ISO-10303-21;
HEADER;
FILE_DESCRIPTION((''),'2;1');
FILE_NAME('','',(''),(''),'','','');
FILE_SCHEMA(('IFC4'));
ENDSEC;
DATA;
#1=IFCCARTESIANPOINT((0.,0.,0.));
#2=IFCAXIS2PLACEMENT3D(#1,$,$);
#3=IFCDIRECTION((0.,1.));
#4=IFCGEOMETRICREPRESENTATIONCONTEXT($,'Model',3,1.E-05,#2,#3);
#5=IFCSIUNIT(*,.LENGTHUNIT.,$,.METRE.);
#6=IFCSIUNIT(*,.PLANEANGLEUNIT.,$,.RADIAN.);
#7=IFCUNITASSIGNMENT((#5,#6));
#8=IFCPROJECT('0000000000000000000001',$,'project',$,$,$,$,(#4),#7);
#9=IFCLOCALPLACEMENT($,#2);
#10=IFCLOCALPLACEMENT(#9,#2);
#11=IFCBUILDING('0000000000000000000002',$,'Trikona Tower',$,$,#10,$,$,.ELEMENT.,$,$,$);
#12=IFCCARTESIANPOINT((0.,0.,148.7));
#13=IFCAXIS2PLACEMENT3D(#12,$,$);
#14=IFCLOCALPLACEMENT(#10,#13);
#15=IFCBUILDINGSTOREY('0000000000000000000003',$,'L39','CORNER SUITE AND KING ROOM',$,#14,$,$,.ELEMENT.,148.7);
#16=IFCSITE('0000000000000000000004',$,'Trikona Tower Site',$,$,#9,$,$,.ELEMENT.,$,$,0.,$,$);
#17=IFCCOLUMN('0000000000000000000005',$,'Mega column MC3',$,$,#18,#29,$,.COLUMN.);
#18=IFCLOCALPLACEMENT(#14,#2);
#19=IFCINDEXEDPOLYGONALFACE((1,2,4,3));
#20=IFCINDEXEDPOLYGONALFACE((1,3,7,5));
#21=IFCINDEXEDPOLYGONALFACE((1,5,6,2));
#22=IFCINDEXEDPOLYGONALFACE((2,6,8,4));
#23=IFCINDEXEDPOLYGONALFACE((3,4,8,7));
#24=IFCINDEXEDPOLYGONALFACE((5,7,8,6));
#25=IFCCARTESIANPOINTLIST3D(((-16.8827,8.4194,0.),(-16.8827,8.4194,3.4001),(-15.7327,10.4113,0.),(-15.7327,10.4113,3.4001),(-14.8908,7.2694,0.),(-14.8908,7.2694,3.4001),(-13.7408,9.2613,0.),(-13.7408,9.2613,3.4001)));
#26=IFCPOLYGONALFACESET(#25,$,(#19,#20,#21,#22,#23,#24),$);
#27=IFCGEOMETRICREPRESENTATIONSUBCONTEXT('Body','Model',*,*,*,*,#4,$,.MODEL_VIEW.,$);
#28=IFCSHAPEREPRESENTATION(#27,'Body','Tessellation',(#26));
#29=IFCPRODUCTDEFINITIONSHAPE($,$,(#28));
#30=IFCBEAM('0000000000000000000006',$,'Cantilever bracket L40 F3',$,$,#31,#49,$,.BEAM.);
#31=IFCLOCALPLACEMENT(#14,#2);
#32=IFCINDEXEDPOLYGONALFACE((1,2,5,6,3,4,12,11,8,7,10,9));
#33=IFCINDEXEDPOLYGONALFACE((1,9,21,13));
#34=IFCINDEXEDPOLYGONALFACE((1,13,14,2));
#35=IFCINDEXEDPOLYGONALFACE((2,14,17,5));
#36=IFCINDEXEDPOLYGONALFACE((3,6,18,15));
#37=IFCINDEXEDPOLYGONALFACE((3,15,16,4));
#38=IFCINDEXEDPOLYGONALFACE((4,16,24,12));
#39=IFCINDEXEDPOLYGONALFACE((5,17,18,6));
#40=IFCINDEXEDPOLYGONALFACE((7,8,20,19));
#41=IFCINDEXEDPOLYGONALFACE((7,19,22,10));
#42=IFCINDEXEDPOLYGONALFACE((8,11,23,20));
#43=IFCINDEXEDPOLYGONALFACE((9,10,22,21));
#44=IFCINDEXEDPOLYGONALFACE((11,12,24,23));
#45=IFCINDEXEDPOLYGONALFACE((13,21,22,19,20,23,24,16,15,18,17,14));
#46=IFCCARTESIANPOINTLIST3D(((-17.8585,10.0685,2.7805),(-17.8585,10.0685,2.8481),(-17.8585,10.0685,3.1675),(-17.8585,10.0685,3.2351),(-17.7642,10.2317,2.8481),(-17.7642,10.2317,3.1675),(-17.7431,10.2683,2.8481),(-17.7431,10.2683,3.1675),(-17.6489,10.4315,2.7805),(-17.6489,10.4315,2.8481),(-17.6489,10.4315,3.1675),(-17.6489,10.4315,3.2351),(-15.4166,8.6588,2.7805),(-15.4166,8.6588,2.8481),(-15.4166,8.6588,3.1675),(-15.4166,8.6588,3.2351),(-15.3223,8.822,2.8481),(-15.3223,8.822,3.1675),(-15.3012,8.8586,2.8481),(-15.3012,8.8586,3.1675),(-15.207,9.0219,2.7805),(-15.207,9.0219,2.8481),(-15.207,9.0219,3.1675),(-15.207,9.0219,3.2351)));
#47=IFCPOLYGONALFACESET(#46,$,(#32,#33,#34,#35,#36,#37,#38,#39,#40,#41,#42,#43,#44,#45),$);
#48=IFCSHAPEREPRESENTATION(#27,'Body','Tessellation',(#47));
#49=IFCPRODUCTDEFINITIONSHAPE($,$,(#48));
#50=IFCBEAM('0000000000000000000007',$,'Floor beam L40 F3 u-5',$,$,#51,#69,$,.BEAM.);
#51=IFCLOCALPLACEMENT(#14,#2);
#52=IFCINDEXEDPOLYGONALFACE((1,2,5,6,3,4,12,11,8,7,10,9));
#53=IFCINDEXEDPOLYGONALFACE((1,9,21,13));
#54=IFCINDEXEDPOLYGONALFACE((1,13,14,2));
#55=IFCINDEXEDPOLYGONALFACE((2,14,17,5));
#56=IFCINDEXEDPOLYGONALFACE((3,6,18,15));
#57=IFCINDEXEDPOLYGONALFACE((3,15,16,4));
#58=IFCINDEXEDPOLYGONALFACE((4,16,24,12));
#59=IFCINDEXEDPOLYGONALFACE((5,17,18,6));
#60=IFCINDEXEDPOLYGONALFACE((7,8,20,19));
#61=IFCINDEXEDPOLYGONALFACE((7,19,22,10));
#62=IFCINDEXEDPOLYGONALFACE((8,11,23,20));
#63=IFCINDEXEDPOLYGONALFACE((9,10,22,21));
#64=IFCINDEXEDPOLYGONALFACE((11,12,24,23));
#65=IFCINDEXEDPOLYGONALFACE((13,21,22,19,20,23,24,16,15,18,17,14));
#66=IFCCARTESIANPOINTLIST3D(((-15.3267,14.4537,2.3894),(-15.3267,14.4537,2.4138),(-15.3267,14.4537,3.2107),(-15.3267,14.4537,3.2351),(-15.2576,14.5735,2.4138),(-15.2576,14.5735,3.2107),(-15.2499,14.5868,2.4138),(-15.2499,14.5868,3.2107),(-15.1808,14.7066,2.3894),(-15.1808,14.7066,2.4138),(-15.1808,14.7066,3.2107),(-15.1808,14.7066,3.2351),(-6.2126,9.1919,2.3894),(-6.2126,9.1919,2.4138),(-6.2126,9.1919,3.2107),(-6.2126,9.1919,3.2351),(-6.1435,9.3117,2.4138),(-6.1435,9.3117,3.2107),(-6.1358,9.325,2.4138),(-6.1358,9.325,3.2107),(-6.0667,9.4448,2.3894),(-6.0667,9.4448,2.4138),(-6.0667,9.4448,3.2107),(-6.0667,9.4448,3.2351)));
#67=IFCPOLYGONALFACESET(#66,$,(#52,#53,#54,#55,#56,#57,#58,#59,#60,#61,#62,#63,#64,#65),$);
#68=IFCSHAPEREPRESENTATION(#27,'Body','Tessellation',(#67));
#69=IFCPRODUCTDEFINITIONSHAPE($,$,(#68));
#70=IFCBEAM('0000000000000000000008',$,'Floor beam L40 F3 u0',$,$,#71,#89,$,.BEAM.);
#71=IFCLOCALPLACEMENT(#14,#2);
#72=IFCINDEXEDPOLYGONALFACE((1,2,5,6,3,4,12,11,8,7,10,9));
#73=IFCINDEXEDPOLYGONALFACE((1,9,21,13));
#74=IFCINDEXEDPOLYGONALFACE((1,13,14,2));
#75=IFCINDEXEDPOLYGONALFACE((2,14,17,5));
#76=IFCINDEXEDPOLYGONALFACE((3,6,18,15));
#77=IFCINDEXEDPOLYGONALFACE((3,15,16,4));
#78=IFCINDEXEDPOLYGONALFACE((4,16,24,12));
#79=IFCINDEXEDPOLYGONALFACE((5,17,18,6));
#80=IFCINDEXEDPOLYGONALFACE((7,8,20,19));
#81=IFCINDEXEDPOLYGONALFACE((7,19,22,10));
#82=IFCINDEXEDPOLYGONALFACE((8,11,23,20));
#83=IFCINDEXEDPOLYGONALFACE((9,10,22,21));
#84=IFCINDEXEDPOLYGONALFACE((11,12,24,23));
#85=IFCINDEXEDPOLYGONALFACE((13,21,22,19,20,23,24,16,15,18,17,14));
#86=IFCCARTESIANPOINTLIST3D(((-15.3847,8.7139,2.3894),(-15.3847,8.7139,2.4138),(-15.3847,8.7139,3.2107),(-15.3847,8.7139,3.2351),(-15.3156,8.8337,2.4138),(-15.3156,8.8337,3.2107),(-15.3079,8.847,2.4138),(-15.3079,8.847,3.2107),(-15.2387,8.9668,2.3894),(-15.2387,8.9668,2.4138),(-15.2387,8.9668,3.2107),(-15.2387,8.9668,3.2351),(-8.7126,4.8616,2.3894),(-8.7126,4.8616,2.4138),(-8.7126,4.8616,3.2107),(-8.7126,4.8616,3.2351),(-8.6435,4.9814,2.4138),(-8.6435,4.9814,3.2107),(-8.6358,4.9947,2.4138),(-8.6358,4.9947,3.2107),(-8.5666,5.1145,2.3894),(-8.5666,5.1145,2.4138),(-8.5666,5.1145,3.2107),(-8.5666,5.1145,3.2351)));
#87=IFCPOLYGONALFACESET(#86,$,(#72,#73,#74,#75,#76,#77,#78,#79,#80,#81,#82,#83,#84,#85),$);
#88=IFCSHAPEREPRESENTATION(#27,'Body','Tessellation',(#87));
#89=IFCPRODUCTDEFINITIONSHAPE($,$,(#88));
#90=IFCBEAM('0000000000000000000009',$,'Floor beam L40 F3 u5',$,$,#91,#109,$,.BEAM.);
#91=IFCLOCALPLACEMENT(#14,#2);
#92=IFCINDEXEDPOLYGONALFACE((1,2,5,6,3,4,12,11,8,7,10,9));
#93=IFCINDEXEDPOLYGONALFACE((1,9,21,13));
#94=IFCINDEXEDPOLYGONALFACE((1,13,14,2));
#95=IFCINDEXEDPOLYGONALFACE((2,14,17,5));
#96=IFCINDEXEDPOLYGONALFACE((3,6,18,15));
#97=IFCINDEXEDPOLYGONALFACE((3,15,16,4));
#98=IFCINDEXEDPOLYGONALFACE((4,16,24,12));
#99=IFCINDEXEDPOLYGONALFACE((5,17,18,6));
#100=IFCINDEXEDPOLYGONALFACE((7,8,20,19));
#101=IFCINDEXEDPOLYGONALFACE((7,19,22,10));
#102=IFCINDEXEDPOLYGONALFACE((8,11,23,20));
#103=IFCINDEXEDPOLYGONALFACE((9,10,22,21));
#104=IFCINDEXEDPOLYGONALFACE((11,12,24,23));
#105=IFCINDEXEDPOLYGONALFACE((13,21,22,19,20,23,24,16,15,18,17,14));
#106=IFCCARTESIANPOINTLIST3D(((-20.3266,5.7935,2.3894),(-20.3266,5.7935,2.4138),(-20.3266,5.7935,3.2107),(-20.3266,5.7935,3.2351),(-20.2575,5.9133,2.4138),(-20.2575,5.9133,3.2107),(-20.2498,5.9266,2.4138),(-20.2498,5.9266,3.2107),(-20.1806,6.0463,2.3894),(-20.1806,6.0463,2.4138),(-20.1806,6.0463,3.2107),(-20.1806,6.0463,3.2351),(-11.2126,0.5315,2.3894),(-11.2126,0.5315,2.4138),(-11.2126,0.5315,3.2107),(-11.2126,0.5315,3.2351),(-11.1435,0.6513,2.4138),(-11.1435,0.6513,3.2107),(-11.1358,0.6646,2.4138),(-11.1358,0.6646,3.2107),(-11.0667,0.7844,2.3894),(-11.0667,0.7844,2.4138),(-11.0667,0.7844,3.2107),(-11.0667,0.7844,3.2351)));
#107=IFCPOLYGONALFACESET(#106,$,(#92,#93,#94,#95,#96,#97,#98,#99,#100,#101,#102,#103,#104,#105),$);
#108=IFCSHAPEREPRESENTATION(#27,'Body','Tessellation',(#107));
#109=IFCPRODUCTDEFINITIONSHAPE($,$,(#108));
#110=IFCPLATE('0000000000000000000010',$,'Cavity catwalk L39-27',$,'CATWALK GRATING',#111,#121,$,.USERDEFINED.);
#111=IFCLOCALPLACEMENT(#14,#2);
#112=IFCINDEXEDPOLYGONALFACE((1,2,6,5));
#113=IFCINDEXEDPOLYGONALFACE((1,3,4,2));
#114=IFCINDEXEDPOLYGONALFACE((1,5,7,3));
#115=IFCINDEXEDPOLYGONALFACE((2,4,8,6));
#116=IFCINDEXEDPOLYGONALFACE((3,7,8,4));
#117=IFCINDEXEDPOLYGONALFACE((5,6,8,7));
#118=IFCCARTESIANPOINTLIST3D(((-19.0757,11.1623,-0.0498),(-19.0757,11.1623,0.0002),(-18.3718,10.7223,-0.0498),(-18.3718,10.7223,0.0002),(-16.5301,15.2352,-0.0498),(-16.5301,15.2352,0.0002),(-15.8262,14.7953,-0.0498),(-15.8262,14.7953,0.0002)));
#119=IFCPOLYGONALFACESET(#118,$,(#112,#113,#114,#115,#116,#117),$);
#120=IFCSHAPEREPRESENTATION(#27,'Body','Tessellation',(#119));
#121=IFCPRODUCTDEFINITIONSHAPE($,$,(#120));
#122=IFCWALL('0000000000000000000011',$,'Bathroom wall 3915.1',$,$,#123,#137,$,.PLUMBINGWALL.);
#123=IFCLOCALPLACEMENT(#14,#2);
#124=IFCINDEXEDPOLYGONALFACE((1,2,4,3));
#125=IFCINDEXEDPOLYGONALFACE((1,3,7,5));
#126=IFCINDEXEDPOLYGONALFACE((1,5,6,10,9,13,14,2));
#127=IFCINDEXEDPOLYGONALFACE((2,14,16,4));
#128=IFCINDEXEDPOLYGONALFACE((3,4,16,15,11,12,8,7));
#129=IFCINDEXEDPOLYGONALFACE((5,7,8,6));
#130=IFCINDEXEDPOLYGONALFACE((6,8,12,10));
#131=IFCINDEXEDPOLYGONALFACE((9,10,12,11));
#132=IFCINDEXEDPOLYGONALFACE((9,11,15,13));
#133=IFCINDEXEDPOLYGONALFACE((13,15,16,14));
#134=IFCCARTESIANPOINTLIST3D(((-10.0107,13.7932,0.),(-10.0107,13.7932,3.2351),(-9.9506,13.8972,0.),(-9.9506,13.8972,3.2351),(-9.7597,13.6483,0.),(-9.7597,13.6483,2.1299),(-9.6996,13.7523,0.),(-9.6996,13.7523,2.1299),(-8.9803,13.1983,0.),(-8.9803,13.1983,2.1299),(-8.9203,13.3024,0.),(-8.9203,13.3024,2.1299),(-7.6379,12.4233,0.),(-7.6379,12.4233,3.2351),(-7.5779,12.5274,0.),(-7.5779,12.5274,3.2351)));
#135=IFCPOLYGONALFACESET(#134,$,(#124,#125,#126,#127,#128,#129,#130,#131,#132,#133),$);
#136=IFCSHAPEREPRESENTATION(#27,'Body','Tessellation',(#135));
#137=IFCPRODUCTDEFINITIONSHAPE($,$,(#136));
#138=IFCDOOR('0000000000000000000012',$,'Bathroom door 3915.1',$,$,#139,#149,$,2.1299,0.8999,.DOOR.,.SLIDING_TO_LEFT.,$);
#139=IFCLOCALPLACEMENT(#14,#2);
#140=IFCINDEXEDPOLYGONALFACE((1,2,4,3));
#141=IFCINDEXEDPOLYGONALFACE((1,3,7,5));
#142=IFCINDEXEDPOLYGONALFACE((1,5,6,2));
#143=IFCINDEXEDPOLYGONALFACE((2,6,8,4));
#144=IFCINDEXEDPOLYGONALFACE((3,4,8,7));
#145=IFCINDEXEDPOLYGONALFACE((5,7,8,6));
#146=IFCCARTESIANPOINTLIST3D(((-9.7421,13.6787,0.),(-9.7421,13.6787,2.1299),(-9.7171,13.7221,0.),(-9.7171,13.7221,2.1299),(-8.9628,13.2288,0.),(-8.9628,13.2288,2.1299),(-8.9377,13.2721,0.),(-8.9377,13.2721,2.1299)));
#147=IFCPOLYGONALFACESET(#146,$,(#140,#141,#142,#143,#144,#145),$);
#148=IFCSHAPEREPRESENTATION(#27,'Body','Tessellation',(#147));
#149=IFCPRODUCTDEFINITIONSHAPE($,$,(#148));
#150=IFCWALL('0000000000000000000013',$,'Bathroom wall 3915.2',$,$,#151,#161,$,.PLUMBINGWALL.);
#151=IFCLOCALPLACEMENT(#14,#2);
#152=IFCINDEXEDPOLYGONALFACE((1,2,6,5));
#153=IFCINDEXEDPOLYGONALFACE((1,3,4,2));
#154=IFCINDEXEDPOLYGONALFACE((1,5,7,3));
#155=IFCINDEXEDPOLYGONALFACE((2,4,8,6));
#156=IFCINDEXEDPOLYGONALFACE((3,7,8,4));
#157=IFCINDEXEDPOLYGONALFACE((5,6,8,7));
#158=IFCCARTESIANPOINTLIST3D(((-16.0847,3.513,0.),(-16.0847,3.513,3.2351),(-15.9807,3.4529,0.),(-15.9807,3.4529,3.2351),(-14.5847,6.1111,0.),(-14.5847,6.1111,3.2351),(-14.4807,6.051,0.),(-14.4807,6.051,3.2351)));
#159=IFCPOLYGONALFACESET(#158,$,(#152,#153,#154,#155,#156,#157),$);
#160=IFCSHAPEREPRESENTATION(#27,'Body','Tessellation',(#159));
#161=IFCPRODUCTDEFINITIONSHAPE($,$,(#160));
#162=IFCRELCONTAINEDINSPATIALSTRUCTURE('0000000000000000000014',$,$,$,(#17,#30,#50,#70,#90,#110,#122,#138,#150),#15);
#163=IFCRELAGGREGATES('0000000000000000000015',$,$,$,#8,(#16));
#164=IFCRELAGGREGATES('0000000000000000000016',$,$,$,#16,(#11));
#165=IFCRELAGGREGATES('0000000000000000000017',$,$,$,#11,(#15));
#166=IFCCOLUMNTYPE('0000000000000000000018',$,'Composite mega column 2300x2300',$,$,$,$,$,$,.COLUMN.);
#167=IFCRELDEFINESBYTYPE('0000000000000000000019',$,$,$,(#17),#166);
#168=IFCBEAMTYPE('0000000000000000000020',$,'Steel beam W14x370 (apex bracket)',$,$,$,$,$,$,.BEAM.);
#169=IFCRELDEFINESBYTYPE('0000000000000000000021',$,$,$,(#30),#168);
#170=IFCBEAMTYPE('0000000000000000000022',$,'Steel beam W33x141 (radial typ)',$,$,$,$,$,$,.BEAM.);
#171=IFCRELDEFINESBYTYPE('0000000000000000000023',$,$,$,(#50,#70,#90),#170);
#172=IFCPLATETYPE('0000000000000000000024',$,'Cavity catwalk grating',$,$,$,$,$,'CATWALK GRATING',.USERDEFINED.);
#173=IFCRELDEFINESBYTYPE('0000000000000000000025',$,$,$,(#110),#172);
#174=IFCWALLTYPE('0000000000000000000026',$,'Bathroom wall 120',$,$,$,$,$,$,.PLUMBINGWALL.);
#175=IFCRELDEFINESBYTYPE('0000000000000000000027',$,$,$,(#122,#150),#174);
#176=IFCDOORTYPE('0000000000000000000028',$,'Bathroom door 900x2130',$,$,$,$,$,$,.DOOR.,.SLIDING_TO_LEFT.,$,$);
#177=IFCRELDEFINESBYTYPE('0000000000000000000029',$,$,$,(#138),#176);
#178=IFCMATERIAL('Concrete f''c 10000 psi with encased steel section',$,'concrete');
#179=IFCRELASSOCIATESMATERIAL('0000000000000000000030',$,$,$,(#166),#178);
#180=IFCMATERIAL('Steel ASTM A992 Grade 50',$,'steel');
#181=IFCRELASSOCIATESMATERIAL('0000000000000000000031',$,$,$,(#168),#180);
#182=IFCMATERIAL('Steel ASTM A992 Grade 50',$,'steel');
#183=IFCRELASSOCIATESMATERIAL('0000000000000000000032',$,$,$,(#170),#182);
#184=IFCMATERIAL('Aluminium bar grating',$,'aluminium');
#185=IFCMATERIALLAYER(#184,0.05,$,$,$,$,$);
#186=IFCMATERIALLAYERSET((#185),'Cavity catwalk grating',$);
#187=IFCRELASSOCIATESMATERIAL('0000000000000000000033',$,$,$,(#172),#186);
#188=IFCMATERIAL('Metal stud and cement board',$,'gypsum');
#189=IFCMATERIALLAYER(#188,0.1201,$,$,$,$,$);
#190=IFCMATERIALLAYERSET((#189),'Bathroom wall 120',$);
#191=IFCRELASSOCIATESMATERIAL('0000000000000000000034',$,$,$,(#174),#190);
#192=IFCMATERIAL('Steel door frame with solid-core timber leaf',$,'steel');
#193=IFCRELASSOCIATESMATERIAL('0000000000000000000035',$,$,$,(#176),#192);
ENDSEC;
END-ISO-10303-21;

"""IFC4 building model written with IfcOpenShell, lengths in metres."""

from ifc_helpers import new_model, si_unit, direction, frame, frame_2d, origin, origin_2d, place, context, subcontext, project, spatial, rectangle, i_section, extrude, material, layer, layer_set, material_profile, profile_set, type_object, element, fill, save


model = new_model("IFC4")

# Units and contexts
model_context = context("Model", 3, precision=1e-05, world=origin(), true_north=direction((0.0, 1.0)))
body_context = subcontext(model_context, "Body", "Model", "MODEL_VIEW")
ifc_project = project(units=[si_unit("LENGTHUNIT", "METRE"), si_unit("PLANEANGLEUNIT", "RADIAN")], contexts=[model_context])

# Site, building, storey
site_placement = place(None, origin())
site = spatial("IfcSite", under=ifc_project, at=site_placement, Name="Trikona Tower Site", CompositionType="ELEMENT", RefElevation=0.0)
building_placement = place(site_placement, origin())
building = spatial("IfcBuilding", under=site, at=building_placement, Name="Trikona Tower", CompositionType="ELEMENT")
storey_placement = place(building_placement, frame((0.0, 0.0, 148.7)))
storey = spatial("IfcBuildingStorey", under=building, at=storey_placement, Name="L39", Description="CORNER SUITE AND KING ROOM", CompositionType="ELEMENT", Elevation=148.7)

# Column
ifc_material_1 = material(Name="Concrete f'c 10000 psi with encased steel section", Category="concrete")
ifc_material_profile_1 = material_profile(ifc_material_1, rectangle(XDim=2.3, YDim=2.3, at=origin_2d()), Name="MC2300")
ifc_profile_set_1 = profile_set([ifc_material_profile_1], Name="Concrete f'c 10000 psi with encased steel section")
column_type = type_object("IfcColumnType", Name="Composite mega column 2300x2300", PredefinedType="COLUMN", material=ifc_profile_set_1)
column_placement = place(storey_placement, frame((-15.3118, 8.8403, 0.0), z_axis=(0.0, 0.0, 1.0), x_axis=(-0.866025, 0.5, 0.0)))
element("IfcColumn", 1, at=column_placement, inside=storey, type_object=column_type, Name="Mega column MC3", PredefinedType="COLUMN", context=body_context, shape_type="SweptSolid", body=[
    extrude(rectangle(XDim=2.3, YDim=2.3, at=origin_2d()), origin(), (0.0, 0.0, 1.0), 3.4001),
])

# Beams
ifc_material_2 = material(Name="Steel ASTM A992 Grade 50", Category="steel")
ifc_material_profile_2 = material_profile(ifc_material_2, i_section(OverallWidth=0.4192, OverallDepth=0.4546, WebThickness=0.0422, FlangeThickness=0.0676, at=origin_2d()), Name="W14X370")
ifc_profile_set_2 = profile_set([ifc_material_profile_2], Name="Steel ASTM A992 Grade 50")
beam_type_1 = type_object("IfcBeamType", Name="Steel beam W14x370 (apex bracket)", PredefinedType="BEAM", material=ifc_profile_set_2)
beam_1_placement = place(storey_placement, frame((-15.3118, 8.8403, 3.0078), z_axis=(-0.86605, 0.499957, 0.0), x_axis=(-0.499957, -0.86605, 0.0)))
element("IfcBeam", 2, at=beam_1_placement, inside=storey, type_object=beam_type_1, Name="Cantilever bracket L40 F3", PredefinedType="BEAM", context=body_context, shape_type="SweptSolid", body=[
    extrude(i_section(OverallWidth=0.4192, OverallDepth=0.4546, WebThickness=0.0422, FlangeThickness=0.0676, at=origin_2d()), origin(), (0.0, 0.0, 1.0), 2.8196),
])
ifc_material_3 = material(Name="Steel ASTM A992 Grade 50", Category="steel")
ifc_material_profile_3 = material_profile(ifc_material_3, i_section(OverallWidth=0.292, OverallDepth=0.8457, WebThickness=0.0154, FlangeThickness=0.0244, at=origin_2d()), Name="W33X141")
ifc_profile_set_3 = profile_set([ifc_material_profile_3], Name="Steel ASTM A992 Grade 50")
beam_type_2 = type_object("IfcBeamType", Name="Steel beam W33x141 (radial typ)", PredefinedType="BEAM", material=ifc_profile_set_3)
beam_2_placement = place(storey_placement, frame((-6.1396, 9.3184, 2.8123), z_axis=(-0.866036, 0.499982, 0.0), x_axis=(-0.499982, -0.866036, 0.0)))
element("IfcBeam", 3, at=beam_2_placement, inside=storey, type_object=beam_type_2, Name="Floor beam L40 F3 u-5", PredefinedType="BEAM", context=body_context, shape_type="SweptSolid", body=[
    extrude(i_section(OverallWidth=0.292, OverallDepth=0.8457, WebThickness=0.0154, FlangeThickness=0.0244, at=origin_2d()), origin(), (0.0, 0.0, 1.0), 10.5239),
])
beam_3_placement = place(storey_placement, frame((-8.6396, 4.988, 2.8123), z_axis=(-0.866017, 0.500014, 0.0), x_axis=(-0.500014, -0.866017, 0.0)))
element("IfcBeam", 4, at=beam_3_placement, inside=storey, type_object=beam_type_2, Name="Floor beam L40 F3 u0", PredefinedType="BEAM", context=body_context, shape_type="SweptSolid", body=[
    extrude(i_section(OverallWidth=0.292, OverallDepth=0.8457, WebThickness=0.0154, FlangeThickness=0.0244, at=origin_2d()), origin(), (0.0, 0.0, 1.0), 7.7043),
])
beam_4_placement = place(storey_placement, frame((-11.1396, 0.658, 2.8123), z_axis=(-0.866026, 0.499999, 0.0), x_axis=(-0.499999, -0.866026, 0.0)))
element("IfcBeam", 5, at=beam_4_placement, inside=storey, type_object=beam_type_2, Name="Floor beam L40 F3 u5", PredefinedType="BEAM", context=body_context, shape_type="SweptSolid", body=[
    extrude(i_section(OverallWidth=0.292, OverallDepth=0.8457, WebThickness=0.0154, FlangeThickness=0.0244, at=origin_2d()), origin(), (0.0, 0.0, 1.0), 10.5239),
])

# Plate
ifc_material_4 = material(Name="Aluminium bar grating", Category="aluminium")
ifc_layer_1 = layer(ifc_material_4, 0.05)
ifc_layer_set_1 = layer_set([ifc_layer_1], Name="Cavity catwalk grating")
plate_type = type_object("IfcPlateType", Name="Cavity catwalk grating", ElementType="CATWALK GRATING", PredefinedType="USERDEFINED", material=ifc_layer_set_1)
plate_placement = place(storey_placement, frame((-17.4509, 12.9788, -0.0498), z_axis=(0.0, 0.0, 1.0), x_axis=(-0.529995, -0.848001, 0.0)))
element("IfcPlate", 6, at=plate_placement, inside=storey, type_object=plate_type, Name="Cavity catwalk L39-27", ObjectType="CATWALK GRATING", PredefinedType="USERDEFINED", context=body_context, shape_type="SweptSolid", body=[
    extrude(rectangle(XDim=4.803, YDim=0.8301, at=origin_2d()), origin(), (0.0, 0.0, 1.0), 0.05),
])

# Wall, opening, door
ifc_material_5 = material(Name="Metal stud and cement board", Category="gypsum")
ifc_layer_2 = layer(ifc_material_5, 0.1201)
ifc_layer_set_2 = layer_set([ifc_layer_2], Name="Bathroom wall 120")
wall_type_1 = type_object("IfcWallType", Name="Bathroom wall 120", PredefinedType="PLUMBINGWALL", material=ifc_layer_set_2)
wall_1_placement = place(storey_placement, frame((-7.6079, 12.4753, 0.0), z_axis=(0.0, 0.0, 1.0), x_axis=(-0.866036, 0.499982, 0.0)))
wall_1 = element("IfcWall", 7, at=wall_1_placement, inside=storey, type_object=wall_type_1, Name="Bathroom wall 3915.1", PredefinedType="PLUMBINGWALL", context=body_context, shape_type="SweptSolid", body=[
    extrude(rectangle(XDim=2.7397, YDim=0.1201, at=frame_2d((1.3699, 0.0))), origin(), (0.0, 0.0, 1.0), 3.2351),
])
opening_1_placement = place(wall_1_placement, frame((1.55, 0.0, 0.0)))
opening_1 = element("IfcOpeningElement", 8, at=opening_1_placement, cuts=wall_1, PredefinedType="OPENING", context=body_context, shape_type="SweptSolid", body=[
    extrude(rectangle(XDim=0.8999, YDim=2.1299, at=frame_2d((0.45, 1.0649))), frame((0.0, 0.0701, 0.0), z_axis=(0.0, -1.0, 0.0), x_axis=(1.0, 0.0, 0.0)), (0.0, 0.0, 1.0), 0.1401),
])
ifc_material_6 = material(Name="Steel door frame with solid-core timber leaf", Category="steel")
door_type_1 = type_object("IfcDoorType", Name="Bathroom door 900x2130", OperationType="SLIDING_TO_LEFT", PredefinedType="DOOR", material=ifc_material_6)
door_1_placement = place(opening_1_placement, origin())
door_1 = element("IfcDoor", 9, at=door_1_placement, inside=storey, type_object=door_type_1, Name="Bathroom door 3915.1", OperationType="SLIDING_TO_LEFT", OverallHeight=2.1299, OverallWidth=0.8999, PredefinedType="DOOR", context=body_context, shape_type="SweptSolid", body=[
    extrude(rectangle(XDim=0.8999, YDim=2.1299, at=frame_2d((0.45, 1.0649))), frame((0.0, 0.0249, 0.0), z_axis=(0.0, -1.0, 0.0), x_axis=(1.0, 0.0, 0.0)), (0.0, 0.0, 1.0), 0.05),
])
fill(opening_1, door_1)

# Wall
wall_2_placement = place(storey_placement, frame((-14.5327, 6.0811, 0.0), z_axis=(0.0, 0.0, 1.0), x_axis=(-0.49999, -0.866031, 0.0)))
element("IfcWall", 10, at=wall_2_placement, inside=storey, type_object=wall_type_1, Name="Bathroom wall 3915.2", PredefinedType="PLUMBINGWALL", context=body_context, shape_type="SweptSolid", body=[
    extrude(rectangle(XDim=3.0, YDim=0.1201, at=frame_2d((1.5, 0.0))), origin(), (0.0, 0.0, 1.0), 3.2351),
])

save(model, "model.ifc")
